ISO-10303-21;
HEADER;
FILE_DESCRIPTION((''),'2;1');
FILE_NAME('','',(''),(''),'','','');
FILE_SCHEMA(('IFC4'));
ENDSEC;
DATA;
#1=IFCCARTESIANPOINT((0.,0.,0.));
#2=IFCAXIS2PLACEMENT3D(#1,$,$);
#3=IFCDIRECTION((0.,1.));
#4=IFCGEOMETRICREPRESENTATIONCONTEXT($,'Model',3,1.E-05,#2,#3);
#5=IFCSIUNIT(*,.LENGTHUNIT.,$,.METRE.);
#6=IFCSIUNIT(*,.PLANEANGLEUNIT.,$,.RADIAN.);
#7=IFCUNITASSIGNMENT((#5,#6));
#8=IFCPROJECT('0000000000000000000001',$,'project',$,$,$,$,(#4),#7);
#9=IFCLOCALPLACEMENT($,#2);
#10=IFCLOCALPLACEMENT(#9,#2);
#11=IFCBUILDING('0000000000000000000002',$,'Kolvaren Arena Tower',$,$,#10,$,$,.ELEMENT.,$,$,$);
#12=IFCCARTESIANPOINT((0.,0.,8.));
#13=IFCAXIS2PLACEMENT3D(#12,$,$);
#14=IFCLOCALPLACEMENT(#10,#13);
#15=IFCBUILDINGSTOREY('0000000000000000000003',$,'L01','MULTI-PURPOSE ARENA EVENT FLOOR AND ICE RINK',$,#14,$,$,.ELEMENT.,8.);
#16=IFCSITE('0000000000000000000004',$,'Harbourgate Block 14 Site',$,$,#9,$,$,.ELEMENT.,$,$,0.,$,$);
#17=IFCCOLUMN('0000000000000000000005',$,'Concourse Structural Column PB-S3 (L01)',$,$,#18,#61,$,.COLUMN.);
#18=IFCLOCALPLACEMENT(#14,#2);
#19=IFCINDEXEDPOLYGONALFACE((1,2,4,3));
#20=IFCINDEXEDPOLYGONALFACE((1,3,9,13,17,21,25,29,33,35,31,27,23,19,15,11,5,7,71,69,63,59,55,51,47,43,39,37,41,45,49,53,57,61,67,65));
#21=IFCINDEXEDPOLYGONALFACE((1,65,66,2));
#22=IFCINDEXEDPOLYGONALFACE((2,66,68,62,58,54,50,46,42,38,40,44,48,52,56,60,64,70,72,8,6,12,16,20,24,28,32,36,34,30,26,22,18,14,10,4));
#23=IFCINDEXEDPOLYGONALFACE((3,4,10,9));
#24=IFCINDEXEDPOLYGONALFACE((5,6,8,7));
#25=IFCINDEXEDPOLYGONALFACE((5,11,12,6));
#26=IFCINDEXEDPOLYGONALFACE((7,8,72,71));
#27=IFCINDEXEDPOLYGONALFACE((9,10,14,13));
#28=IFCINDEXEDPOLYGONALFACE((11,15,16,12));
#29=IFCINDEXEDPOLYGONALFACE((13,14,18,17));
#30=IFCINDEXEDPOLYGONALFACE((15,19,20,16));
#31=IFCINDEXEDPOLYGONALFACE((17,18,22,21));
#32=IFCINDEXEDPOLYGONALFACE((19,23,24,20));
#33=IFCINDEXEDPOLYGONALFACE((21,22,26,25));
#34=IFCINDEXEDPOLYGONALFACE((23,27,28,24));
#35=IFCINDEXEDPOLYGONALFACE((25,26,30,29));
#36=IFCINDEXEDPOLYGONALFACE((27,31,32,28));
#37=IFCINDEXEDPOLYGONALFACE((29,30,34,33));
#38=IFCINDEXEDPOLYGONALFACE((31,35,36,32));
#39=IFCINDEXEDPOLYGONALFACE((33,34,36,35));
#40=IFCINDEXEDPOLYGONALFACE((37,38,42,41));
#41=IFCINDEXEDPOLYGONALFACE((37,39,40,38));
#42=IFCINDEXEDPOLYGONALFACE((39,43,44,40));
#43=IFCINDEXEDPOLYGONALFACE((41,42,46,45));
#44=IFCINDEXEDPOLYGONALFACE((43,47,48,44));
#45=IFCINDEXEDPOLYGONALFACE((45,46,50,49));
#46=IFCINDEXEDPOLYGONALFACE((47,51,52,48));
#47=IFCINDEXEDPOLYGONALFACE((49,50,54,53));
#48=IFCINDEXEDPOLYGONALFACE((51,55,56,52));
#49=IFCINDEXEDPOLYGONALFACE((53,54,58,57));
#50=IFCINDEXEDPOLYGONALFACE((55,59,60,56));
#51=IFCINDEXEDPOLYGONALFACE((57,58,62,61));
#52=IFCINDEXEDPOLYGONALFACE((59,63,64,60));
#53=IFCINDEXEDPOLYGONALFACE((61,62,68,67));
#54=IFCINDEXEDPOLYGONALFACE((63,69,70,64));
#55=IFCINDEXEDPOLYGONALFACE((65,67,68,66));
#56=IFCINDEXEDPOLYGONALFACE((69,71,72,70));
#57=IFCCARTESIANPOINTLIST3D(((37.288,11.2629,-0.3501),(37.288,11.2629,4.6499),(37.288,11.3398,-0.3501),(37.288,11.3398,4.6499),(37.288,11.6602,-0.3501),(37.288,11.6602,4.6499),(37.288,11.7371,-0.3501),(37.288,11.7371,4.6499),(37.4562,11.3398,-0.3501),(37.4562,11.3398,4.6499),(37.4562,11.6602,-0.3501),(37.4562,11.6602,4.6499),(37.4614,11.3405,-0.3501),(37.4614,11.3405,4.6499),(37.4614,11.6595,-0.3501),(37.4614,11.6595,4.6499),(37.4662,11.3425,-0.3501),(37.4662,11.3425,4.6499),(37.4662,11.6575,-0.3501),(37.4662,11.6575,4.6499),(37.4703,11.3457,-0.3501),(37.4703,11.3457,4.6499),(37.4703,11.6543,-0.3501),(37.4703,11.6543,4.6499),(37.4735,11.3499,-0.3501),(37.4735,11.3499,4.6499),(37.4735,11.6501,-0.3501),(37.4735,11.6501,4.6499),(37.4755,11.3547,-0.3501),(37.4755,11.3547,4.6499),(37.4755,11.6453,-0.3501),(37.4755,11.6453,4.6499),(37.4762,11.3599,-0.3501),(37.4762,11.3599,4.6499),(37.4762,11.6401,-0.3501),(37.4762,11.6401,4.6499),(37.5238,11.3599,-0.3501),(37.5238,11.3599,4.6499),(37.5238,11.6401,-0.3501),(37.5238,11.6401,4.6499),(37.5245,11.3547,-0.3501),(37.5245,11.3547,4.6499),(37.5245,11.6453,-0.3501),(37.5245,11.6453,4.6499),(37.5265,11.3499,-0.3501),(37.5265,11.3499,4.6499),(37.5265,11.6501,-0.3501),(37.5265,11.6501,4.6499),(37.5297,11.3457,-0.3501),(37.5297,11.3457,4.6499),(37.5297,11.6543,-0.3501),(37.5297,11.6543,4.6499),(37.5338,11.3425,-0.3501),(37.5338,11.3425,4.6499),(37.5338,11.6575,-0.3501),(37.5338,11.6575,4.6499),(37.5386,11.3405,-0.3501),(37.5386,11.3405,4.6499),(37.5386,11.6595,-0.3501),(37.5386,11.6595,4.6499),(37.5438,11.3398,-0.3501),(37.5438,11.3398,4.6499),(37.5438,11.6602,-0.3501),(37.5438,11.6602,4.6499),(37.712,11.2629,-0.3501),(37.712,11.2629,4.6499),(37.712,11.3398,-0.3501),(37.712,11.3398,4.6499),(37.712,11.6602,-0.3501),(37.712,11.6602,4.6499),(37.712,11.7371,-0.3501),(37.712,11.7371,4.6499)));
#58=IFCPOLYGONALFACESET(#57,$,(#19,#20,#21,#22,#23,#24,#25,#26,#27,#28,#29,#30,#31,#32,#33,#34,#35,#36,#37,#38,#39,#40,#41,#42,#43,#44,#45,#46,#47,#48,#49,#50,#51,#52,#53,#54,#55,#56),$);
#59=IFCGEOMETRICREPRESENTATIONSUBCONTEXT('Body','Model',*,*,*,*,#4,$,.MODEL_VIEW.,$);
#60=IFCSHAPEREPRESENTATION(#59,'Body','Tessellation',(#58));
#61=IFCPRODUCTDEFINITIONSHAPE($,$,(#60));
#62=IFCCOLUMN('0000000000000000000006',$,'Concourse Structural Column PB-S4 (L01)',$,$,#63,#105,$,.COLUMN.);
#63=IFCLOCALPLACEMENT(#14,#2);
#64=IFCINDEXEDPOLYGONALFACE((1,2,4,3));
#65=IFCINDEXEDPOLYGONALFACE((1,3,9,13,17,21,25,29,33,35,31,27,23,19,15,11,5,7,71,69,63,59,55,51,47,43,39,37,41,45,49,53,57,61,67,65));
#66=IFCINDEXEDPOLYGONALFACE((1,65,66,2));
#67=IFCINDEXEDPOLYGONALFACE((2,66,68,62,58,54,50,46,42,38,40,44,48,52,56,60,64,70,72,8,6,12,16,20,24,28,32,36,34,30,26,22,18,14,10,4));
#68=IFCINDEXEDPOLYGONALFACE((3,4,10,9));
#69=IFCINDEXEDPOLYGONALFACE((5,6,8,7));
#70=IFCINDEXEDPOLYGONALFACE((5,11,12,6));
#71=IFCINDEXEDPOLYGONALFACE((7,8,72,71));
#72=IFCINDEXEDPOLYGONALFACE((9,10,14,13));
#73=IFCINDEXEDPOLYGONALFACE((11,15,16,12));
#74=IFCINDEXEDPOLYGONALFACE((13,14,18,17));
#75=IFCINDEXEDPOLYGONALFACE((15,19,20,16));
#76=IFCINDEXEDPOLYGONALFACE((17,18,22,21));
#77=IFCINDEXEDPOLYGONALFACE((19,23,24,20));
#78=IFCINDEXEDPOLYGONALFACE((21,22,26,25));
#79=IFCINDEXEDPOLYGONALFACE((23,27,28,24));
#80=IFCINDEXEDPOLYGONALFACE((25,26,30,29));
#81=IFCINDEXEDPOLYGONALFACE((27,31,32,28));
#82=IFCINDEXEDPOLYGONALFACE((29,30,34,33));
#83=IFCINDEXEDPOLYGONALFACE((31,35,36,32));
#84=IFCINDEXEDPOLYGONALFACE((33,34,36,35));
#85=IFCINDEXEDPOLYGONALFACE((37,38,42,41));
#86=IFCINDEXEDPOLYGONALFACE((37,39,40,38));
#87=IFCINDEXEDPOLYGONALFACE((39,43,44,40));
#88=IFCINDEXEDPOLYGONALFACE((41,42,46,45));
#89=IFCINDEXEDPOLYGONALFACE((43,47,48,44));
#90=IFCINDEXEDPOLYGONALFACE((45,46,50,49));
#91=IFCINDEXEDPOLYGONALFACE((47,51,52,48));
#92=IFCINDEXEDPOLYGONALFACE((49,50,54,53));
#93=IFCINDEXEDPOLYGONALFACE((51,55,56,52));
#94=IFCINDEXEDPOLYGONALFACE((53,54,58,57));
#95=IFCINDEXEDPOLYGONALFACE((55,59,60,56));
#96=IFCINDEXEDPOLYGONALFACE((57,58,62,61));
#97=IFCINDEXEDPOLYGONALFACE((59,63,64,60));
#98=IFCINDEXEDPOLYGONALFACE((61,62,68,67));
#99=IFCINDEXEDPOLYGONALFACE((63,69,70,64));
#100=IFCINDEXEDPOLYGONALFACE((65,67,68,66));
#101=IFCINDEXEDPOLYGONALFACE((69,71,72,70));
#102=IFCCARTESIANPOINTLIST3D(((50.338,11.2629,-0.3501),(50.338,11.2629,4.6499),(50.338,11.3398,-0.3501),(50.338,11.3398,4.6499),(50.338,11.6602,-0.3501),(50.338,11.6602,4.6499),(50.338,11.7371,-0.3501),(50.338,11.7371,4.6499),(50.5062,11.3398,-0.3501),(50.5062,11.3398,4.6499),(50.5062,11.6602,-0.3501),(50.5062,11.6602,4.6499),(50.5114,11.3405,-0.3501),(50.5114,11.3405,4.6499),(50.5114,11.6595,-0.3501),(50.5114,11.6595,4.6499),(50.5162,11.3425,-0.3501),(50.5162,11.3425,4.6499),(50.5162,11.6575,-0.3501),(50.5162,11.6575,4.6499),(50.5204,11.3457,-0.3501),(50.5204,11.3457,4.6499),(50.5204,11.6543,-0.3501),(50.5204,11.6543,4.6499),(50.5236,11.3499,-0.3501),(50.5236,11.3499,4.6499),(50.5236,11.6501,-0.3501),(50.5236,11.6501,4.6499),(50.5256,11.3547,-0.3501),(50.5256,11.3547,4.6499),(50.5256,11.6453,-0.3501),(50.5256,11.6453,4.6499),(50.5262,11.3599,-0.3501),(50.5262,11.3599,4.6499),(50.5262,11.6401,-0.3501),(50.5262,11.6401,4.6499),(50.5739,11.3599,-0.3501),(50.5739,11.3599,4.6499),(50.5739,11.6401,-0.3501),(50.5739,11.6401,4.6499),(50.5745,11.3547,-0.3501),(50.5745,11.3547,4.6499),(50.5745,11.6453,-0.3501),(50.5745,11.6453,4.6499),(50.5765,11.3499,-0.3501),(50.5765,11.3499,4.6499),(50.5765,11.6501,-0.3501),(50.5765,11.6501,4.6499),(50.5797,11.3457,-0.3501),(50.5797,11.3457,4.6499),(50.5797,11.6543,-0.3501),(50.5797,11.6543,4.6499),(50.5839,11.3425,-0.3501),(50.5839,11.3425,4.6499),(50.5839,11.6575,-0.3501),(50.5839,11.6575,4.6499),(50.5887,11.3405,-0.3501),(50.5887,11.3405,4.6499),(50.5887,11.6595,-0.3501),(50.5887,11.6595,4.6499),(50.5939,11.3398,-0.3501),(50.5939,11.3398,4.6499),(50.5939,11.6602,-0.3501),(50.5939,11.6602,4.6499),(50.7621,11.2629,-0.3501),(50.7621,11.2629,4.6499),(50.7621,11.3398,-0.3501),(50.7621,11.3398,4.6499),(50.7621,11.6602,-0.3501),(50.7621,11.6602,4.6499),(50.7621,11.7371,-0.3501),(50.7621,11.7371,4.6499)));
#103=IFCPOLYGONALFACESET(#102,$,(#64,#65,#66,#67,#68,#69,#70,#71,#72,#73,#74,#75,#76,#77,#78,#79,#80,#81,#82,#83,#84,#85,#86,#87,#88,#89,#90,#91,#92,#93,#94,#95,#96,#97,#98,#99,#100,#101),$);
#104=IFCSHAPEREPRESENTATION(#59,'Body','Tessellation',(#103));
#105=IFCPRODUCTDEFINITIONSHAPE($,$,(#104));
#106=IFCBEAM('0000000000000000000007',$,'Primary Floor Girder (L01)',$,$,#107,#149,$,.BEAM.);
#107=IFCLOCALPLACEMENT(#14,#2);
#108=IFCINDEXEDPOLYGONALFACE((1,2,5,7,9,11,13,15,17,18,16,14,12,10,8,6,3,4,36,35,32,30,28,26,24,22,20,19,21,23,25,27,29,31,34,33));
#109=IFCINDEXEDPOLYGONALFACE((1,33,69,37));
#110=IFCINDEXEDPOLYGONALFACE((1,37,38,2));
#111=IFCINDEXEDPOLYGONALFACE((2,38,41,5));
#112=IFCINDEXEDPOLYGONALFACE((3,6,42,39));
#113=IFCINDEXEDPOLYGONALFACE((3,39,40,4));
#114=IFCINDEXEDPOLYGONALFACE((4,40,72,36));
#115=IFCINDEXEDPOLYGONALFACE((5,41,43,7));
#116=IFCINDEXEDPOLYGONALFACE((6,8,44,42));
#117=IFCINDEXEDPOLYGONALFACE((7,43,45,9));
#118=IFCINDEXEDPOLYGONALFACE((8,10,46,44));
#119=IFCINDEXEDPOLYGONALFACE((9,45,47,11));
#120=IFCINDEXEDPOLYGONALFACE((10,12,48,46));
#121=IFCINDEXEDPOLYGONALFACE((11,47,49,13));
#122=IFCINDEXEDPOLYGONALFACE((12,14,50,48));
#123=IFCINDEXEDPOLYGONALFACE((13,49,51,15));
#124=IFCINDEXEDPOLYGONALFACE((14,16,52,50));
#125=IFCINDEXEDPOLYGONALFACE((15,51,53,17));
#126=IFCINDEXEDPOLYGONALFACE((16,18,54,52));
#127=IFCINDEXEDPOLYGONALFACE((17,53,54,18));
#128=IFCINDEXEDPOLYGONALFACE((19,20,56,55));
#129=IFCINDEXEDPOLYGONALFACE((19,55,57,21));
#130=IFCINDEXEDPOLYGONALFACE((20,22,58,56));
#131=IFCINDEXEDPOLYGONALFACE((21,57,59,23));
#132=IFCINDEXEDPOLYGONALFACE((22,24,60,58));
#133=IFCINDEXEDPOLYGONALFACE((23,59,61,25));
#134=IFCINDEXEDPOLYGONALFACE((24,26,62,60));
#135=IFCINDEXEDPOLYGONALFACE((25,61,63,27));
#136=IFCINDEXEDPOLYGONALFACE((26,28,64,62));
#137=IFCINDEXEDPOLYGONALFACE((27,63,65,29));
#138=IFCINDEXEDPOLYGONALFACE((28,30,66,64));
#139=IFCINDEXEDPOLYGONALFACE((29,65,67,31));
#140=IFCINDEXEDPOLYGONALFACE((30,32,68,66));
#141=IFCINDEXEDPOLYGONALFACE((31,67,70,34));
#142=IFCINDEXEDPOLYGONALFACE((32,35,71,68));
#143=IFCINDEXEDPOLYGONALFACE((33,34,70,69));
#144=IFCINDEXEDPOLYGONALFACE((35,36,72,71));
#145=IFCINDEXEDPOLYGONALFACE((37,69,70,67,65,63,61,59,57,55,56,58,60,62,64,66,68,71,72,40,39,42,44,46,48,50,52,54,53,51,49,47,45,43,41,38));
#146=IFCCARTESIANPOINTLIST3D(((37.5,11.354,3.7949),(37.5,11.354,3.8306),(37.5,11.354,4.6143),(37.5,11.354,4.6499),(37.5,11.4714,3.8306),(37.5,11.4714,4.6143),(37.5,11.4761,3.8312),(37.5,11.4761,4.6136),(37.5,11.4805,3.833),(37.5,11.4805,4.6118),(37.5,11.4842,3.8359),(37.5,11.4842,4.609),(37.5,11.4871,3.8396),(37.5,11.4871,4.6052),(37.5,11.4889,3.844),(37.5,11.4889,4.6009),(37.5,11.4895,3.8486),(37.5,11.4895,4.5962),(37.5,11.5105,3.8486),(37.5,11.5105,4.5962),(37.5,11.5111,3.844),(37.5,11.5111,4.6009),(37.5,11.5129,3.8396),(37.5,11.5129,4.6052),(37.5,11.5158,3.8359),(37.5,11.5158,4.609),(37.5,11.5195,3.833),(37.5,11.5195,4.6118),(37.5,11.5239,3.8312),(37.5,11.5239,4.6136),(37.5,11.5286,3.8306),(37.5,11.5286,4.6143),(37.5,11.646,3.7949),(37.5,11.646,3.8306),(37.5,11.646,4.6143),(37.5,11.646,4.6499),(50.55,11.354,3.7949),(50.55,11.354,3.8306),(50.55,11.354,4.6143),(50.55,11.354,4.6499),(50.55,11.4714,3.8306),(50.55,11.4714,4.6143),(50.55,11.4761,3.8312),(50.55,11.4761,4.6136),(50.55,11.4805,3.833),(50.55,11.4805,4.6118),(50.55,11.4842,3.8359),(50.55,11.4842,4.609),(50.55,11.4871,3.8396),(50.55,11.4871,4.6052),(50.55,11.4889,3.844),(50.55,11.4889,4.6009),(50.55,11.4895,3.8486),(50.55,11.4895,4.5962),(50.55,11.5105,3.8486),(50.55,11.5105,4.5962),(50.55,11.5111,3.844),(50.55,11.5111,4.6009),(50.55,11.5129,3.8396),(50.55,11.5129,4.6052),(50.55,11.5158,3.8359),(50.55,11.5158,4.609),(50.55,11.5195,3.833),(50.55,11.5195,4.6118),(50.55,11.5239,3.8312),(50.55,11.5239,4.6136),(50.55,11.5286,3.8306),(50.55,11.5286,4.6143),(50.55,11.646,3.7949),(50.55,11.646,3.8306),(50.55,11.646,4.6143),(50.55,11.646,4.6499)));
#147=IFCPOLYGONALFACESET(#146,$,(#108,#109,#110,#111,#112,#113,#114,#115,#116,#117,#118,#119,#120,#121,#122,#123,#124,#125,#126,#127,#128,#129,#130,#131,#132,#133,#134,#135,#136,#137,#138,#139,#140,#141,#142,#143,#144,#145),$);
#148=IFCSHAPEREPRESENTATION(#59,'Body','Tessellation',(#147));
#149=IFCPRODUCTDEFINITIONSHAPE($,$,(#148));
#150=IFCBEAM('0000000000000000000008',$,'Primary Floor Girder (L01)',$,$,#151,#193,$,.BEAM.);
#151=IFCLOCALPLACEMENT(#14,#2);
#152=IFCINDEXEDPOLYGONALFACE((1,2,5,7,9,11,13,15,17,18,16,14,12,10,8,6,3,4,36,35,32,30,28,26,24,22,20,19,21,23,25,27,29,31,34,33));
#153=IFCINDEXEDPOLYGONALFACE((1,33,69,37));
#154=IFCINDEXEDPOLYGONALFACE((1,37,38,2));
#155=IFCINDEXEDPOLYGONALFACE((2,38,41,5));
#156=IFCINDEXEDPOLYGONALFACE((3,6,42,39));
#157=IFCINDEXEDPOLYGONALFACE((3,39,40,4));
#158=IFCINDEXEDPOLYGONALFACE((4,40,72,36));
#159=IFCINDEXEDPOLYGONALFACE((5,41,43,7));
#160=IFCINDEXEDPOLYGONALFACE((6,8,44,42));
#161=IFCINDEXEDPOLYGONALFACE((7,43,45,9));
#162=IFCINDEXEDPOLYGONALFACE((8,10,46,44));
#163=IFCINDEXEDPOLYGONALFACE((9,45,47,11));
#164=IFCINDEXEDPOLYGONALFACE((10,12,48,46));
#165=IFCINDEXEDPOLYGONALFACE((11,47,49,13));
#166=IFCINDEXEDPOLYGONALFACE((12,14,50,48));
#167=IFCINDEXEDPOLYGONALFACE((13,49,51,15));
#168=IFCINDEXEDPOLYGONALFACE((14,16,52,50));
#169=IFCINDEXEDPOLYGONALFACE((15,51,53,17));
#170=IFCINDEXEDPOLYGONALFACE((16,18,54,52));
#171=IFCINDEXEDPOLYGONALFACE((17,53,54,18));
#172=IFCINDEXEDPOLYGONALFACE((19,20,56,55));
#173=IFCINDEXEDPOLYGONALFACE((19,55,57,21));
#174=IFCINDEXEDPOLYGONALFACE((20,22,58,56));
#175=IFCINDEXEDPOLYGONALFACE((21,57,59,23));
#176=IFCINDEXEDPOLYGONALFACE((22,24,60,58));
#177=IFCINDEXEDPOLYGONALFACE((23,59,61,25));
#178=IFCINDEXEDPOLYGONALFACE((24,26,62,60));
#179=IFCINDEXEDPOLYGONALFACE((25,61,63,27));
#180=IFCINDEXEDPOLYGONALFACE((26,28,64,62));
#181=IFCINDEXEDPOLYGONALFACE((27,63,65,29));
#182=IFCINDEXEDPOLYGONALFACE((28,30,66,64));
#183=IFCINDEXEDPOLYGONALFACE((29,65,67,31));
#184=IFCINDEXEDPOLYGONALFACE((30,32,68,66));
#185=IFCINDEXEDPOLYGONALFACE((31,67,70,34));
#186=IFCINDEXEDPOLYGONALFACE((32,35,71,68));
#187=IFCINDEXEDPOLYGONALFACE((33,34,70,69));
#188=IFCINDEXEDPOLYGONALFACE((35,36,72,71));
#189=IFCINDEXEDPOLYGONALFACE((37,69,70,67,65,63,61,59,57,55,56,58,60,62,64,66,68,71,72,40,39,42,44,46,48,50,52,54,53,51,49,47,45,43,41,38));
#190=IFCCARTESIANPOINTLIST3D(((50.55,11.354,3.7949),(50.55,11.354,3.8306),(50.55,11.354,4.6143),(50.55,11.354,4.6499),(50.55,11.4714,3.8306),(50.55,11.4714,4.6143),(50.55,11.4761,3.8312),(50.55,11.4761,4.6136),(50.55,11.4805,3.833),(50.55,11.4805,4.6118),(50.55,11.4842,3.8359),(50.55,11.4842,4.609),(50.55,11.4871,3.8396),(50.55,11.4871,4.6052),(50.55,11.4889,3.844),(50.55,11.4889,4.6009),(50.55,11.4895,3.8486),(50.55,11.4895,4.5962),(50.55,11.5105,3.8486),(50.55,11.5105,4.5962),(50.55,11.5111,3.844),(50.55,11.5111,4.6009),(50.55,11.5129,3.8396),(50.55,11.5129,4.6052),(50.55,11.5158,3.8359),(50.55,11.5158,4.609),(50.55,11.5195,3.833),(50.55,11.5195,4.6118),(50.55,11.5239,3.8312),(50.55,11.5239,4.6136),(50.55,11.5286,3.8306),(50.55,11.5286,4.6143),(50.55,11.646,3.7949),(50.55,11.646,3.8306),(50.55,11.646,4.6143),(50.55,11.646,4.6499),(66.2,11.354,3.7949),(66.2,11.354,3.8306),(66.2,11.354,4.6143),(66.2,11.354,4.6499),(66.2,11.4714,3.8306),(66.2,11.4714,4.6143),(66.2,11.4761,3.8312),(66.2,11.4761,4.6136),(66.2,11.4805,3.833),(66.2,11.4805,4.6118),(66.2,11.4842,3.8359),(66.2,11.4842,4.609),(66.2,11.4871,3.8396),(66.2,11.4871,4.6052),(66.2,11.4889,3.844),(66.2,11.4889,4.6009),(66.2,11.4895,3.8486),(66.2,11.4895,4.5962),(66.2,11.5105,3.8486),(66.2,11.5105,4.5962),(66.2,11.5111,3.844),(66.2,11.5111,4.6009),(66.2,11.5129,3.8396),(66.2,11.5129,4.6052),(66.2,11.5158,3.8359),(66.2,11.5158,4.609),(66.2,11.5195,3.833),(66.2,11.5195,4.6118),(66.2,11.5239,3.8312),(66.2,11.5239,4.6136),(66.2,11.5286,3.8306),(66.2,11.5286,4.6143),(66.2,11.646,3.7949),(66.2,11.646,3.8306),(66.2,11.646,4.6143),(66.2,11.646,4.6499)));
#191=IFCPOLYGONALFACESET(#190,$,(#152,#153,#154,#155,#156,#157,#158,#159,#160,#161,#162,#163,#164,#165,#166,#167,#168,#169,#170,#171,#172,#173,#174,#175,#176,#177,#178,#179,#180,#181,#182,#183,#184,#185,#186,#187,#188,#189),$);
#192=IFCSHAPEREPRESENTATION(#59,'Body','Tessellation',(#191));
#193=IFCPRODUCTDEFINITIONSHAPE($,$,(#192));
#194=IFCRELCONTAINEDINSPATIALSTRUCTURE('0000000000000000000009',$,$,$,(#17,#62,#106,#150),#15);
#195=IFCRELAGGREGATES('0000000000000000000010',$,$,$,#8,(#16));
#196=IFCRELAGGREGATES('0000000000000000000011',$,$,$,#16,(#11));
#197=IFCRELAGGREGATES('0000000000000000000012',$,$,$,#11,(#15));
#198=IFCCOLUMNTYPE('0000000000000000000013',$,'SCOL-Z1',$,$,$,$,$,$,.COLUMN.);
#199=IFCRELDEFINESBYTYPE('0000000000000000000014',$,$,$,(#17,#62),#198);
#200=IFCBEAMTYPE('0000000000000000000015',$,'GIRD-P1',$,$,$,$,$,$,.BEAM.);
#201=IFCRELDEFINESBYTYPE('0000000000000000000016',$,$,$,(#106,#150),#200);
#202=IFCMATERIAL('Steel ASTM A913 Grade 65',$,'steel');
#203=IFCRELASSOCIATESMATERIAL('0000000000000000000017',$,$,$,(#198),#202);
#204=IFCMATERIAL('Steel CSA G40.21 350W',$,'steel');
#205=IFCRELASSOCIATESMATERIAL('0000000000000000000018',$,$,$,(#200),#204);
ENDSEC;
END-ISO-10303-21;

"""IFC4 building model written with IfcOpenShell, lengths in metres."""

from ifc_helpers import new_model, si_unit, direction, frame, origin, origin_2d, place, context, subcontext, project, spatial, i_section, extrude, material, material_profile, profile_set, type_object, element, save


model = new_model("IFC4")

# Units and contexts
model_context = context("Model", 3, precision=1e-05, world=origin(), true_north=direction((0.0, 1.0)))
body_context = subcontext(model_context, "Body", "Model", "MODEL_VIEW")
ifc_project = project(units=[si_unit("LENGTHUNIT", "METRE"), si_unit("PLANEANGLEUNIT", "RADIAN")], contexts=[model_context])

# Site, building, storey
site_placement = place(None, origin())
site = spatial("IfcSite", under=ifc_project, at=site_placement, Name="Harbourgate Block 14 Site", CompositionType="ELEMENT", RefElevation=0.0)
building_placement = place(site_placement, origin())
building = spatial("IfcBuilding", under=site, at=building_placement, Name="Kolvaren Arena Tower", CompositionType="ELEMENT")
storey_placement = place(building_placement, frame((0.0, 0.0, 8.0)))
storey = spatial("IfcBuildingStorey", under=building, at=storey_placement, Name="L01", Description="MULTI-PURPOSE ARENA EVENT FLOOR AND ICE RINK", CompositionType="ELEMENT", Elevation=8.0)

# Columns
ifc_material_1 = material(Name="Steel ASTM A913 Grade 65", Category="steel")
ifc_material_profile_1 = material_profile(ifc_material_1, i_section(OverallWidth=0.4241, OverallDepth=0.4741, WebThickness=0.0476, FlangeThickness=0.0769, FilletRadius=0.02, at=origin_2d()), Name="W360x634")
ifc_profile_set_1 = profile_set([ifc_material_profile_1], Name="Steel ASTM A913 Grade 65")
column_type = type_object("IfcColumnType", Name="SCOL-Z1", PredefinedType="COLUMN", material=ifc_profile_set_1)
for number, where, z_axis, x_axis, name in (
    (1, (37.5, 11.5, -0.3501), (0.0, 0.0, 1.0), (1.0, 0.0, 0.0), "Concourse Structural Column PB-S3 (L01)"),
    (2, (50.55, 11.5, -0.3501), (0.0, 0.0, 1.0), (1.0, 0.0, 0.0), "Concourse Structural Column PB-S4 (L01)"),
):
    element("IfcColumn", number, at=place(storey_placement, frame(where, z_axis=z_axis, x_axis=x_axis)), inside=storey, type_object=column_type, Name=name, PredefinedType="COLUMN", context=body_context, shape_type="SweptSolid", body=[
        extrude(i_section(OverallWidth=0.4241, OverallDepth=0.4741, WebThickness=0.0476, FlangeThickness=0.0769, FilletRadius=0.02, at=origin_2d()), origin(), (0.0, 0.0, 1.0), 5.0),
    ])

# Beams
ifc_material_2 = material(Name="Steel CSA G40.21 350W", Category="steel")
ifc_material_profile_2 = material_profile(ifc_material_2, i_section(OverallWidth=0.292, OverallDepth=0.855, WebThickness=0.021, FlangeThickness=0.0356, FilletRadius=0.0181, at=origin_2d()), Name="W840x299")
ifc_profile_set_2 = profile_set([ifc_material_profile_2], Name="Steel CSA G40.21 350W")
beam_type_1 = type_object("IfcBeamType", Name="GIRD-P1", PredefinedType="BEAM", material=ifc_profile_set_2)
beam_1_placement = place(storey_placement, frame((37.5, 11.5, 4.2224), z_axis=(1.0, 0.0, 0.0), x_axis=(0.0, 1.0, 0.0)))
element("IfcBeam", 3, at=beam_1_placement, inside=storey, type_object=beam_type_1, Name="Primary Floor Girder (L01)", PredefinedType="BEAM", context=body_context, shape_type="SweptSolid", body=[
    extrude(i_section(OverallWidth=0.292, OverallDepth=0.855, WebThickness=0.021, FlangeThickness=0.0356, FilletRadius=0.0181, at=origin_2d()), origin(), (0.0, 0.0, 1.0), 13.05),
])
beam_2_placement = place(storey_placement, frame((50.55, 11.5, 4.2224), z_axis=(1.0, 0.0, 0.0), x_axis=(0.0, 1.0, 0.0)))
element("IfcBeam", 4, at=beam_2_placement, inside=storey, type_object=beam_type_1, Name="Primary Floor Girder (L01)", PredefinedType="BEAM", context=body_context, shape_type="SweptSolid", body=[
    extrude(i_section(OverallWidth=0.292, OverallDepth=0.855, WebThickness=0.021, FlangeThickness=0.0356, FilletRadius=0.0181, at=origin_2d()), origin(), (0.0, 0.0, 1.0), 15.6499),
])

save(model, "model.ifc")
